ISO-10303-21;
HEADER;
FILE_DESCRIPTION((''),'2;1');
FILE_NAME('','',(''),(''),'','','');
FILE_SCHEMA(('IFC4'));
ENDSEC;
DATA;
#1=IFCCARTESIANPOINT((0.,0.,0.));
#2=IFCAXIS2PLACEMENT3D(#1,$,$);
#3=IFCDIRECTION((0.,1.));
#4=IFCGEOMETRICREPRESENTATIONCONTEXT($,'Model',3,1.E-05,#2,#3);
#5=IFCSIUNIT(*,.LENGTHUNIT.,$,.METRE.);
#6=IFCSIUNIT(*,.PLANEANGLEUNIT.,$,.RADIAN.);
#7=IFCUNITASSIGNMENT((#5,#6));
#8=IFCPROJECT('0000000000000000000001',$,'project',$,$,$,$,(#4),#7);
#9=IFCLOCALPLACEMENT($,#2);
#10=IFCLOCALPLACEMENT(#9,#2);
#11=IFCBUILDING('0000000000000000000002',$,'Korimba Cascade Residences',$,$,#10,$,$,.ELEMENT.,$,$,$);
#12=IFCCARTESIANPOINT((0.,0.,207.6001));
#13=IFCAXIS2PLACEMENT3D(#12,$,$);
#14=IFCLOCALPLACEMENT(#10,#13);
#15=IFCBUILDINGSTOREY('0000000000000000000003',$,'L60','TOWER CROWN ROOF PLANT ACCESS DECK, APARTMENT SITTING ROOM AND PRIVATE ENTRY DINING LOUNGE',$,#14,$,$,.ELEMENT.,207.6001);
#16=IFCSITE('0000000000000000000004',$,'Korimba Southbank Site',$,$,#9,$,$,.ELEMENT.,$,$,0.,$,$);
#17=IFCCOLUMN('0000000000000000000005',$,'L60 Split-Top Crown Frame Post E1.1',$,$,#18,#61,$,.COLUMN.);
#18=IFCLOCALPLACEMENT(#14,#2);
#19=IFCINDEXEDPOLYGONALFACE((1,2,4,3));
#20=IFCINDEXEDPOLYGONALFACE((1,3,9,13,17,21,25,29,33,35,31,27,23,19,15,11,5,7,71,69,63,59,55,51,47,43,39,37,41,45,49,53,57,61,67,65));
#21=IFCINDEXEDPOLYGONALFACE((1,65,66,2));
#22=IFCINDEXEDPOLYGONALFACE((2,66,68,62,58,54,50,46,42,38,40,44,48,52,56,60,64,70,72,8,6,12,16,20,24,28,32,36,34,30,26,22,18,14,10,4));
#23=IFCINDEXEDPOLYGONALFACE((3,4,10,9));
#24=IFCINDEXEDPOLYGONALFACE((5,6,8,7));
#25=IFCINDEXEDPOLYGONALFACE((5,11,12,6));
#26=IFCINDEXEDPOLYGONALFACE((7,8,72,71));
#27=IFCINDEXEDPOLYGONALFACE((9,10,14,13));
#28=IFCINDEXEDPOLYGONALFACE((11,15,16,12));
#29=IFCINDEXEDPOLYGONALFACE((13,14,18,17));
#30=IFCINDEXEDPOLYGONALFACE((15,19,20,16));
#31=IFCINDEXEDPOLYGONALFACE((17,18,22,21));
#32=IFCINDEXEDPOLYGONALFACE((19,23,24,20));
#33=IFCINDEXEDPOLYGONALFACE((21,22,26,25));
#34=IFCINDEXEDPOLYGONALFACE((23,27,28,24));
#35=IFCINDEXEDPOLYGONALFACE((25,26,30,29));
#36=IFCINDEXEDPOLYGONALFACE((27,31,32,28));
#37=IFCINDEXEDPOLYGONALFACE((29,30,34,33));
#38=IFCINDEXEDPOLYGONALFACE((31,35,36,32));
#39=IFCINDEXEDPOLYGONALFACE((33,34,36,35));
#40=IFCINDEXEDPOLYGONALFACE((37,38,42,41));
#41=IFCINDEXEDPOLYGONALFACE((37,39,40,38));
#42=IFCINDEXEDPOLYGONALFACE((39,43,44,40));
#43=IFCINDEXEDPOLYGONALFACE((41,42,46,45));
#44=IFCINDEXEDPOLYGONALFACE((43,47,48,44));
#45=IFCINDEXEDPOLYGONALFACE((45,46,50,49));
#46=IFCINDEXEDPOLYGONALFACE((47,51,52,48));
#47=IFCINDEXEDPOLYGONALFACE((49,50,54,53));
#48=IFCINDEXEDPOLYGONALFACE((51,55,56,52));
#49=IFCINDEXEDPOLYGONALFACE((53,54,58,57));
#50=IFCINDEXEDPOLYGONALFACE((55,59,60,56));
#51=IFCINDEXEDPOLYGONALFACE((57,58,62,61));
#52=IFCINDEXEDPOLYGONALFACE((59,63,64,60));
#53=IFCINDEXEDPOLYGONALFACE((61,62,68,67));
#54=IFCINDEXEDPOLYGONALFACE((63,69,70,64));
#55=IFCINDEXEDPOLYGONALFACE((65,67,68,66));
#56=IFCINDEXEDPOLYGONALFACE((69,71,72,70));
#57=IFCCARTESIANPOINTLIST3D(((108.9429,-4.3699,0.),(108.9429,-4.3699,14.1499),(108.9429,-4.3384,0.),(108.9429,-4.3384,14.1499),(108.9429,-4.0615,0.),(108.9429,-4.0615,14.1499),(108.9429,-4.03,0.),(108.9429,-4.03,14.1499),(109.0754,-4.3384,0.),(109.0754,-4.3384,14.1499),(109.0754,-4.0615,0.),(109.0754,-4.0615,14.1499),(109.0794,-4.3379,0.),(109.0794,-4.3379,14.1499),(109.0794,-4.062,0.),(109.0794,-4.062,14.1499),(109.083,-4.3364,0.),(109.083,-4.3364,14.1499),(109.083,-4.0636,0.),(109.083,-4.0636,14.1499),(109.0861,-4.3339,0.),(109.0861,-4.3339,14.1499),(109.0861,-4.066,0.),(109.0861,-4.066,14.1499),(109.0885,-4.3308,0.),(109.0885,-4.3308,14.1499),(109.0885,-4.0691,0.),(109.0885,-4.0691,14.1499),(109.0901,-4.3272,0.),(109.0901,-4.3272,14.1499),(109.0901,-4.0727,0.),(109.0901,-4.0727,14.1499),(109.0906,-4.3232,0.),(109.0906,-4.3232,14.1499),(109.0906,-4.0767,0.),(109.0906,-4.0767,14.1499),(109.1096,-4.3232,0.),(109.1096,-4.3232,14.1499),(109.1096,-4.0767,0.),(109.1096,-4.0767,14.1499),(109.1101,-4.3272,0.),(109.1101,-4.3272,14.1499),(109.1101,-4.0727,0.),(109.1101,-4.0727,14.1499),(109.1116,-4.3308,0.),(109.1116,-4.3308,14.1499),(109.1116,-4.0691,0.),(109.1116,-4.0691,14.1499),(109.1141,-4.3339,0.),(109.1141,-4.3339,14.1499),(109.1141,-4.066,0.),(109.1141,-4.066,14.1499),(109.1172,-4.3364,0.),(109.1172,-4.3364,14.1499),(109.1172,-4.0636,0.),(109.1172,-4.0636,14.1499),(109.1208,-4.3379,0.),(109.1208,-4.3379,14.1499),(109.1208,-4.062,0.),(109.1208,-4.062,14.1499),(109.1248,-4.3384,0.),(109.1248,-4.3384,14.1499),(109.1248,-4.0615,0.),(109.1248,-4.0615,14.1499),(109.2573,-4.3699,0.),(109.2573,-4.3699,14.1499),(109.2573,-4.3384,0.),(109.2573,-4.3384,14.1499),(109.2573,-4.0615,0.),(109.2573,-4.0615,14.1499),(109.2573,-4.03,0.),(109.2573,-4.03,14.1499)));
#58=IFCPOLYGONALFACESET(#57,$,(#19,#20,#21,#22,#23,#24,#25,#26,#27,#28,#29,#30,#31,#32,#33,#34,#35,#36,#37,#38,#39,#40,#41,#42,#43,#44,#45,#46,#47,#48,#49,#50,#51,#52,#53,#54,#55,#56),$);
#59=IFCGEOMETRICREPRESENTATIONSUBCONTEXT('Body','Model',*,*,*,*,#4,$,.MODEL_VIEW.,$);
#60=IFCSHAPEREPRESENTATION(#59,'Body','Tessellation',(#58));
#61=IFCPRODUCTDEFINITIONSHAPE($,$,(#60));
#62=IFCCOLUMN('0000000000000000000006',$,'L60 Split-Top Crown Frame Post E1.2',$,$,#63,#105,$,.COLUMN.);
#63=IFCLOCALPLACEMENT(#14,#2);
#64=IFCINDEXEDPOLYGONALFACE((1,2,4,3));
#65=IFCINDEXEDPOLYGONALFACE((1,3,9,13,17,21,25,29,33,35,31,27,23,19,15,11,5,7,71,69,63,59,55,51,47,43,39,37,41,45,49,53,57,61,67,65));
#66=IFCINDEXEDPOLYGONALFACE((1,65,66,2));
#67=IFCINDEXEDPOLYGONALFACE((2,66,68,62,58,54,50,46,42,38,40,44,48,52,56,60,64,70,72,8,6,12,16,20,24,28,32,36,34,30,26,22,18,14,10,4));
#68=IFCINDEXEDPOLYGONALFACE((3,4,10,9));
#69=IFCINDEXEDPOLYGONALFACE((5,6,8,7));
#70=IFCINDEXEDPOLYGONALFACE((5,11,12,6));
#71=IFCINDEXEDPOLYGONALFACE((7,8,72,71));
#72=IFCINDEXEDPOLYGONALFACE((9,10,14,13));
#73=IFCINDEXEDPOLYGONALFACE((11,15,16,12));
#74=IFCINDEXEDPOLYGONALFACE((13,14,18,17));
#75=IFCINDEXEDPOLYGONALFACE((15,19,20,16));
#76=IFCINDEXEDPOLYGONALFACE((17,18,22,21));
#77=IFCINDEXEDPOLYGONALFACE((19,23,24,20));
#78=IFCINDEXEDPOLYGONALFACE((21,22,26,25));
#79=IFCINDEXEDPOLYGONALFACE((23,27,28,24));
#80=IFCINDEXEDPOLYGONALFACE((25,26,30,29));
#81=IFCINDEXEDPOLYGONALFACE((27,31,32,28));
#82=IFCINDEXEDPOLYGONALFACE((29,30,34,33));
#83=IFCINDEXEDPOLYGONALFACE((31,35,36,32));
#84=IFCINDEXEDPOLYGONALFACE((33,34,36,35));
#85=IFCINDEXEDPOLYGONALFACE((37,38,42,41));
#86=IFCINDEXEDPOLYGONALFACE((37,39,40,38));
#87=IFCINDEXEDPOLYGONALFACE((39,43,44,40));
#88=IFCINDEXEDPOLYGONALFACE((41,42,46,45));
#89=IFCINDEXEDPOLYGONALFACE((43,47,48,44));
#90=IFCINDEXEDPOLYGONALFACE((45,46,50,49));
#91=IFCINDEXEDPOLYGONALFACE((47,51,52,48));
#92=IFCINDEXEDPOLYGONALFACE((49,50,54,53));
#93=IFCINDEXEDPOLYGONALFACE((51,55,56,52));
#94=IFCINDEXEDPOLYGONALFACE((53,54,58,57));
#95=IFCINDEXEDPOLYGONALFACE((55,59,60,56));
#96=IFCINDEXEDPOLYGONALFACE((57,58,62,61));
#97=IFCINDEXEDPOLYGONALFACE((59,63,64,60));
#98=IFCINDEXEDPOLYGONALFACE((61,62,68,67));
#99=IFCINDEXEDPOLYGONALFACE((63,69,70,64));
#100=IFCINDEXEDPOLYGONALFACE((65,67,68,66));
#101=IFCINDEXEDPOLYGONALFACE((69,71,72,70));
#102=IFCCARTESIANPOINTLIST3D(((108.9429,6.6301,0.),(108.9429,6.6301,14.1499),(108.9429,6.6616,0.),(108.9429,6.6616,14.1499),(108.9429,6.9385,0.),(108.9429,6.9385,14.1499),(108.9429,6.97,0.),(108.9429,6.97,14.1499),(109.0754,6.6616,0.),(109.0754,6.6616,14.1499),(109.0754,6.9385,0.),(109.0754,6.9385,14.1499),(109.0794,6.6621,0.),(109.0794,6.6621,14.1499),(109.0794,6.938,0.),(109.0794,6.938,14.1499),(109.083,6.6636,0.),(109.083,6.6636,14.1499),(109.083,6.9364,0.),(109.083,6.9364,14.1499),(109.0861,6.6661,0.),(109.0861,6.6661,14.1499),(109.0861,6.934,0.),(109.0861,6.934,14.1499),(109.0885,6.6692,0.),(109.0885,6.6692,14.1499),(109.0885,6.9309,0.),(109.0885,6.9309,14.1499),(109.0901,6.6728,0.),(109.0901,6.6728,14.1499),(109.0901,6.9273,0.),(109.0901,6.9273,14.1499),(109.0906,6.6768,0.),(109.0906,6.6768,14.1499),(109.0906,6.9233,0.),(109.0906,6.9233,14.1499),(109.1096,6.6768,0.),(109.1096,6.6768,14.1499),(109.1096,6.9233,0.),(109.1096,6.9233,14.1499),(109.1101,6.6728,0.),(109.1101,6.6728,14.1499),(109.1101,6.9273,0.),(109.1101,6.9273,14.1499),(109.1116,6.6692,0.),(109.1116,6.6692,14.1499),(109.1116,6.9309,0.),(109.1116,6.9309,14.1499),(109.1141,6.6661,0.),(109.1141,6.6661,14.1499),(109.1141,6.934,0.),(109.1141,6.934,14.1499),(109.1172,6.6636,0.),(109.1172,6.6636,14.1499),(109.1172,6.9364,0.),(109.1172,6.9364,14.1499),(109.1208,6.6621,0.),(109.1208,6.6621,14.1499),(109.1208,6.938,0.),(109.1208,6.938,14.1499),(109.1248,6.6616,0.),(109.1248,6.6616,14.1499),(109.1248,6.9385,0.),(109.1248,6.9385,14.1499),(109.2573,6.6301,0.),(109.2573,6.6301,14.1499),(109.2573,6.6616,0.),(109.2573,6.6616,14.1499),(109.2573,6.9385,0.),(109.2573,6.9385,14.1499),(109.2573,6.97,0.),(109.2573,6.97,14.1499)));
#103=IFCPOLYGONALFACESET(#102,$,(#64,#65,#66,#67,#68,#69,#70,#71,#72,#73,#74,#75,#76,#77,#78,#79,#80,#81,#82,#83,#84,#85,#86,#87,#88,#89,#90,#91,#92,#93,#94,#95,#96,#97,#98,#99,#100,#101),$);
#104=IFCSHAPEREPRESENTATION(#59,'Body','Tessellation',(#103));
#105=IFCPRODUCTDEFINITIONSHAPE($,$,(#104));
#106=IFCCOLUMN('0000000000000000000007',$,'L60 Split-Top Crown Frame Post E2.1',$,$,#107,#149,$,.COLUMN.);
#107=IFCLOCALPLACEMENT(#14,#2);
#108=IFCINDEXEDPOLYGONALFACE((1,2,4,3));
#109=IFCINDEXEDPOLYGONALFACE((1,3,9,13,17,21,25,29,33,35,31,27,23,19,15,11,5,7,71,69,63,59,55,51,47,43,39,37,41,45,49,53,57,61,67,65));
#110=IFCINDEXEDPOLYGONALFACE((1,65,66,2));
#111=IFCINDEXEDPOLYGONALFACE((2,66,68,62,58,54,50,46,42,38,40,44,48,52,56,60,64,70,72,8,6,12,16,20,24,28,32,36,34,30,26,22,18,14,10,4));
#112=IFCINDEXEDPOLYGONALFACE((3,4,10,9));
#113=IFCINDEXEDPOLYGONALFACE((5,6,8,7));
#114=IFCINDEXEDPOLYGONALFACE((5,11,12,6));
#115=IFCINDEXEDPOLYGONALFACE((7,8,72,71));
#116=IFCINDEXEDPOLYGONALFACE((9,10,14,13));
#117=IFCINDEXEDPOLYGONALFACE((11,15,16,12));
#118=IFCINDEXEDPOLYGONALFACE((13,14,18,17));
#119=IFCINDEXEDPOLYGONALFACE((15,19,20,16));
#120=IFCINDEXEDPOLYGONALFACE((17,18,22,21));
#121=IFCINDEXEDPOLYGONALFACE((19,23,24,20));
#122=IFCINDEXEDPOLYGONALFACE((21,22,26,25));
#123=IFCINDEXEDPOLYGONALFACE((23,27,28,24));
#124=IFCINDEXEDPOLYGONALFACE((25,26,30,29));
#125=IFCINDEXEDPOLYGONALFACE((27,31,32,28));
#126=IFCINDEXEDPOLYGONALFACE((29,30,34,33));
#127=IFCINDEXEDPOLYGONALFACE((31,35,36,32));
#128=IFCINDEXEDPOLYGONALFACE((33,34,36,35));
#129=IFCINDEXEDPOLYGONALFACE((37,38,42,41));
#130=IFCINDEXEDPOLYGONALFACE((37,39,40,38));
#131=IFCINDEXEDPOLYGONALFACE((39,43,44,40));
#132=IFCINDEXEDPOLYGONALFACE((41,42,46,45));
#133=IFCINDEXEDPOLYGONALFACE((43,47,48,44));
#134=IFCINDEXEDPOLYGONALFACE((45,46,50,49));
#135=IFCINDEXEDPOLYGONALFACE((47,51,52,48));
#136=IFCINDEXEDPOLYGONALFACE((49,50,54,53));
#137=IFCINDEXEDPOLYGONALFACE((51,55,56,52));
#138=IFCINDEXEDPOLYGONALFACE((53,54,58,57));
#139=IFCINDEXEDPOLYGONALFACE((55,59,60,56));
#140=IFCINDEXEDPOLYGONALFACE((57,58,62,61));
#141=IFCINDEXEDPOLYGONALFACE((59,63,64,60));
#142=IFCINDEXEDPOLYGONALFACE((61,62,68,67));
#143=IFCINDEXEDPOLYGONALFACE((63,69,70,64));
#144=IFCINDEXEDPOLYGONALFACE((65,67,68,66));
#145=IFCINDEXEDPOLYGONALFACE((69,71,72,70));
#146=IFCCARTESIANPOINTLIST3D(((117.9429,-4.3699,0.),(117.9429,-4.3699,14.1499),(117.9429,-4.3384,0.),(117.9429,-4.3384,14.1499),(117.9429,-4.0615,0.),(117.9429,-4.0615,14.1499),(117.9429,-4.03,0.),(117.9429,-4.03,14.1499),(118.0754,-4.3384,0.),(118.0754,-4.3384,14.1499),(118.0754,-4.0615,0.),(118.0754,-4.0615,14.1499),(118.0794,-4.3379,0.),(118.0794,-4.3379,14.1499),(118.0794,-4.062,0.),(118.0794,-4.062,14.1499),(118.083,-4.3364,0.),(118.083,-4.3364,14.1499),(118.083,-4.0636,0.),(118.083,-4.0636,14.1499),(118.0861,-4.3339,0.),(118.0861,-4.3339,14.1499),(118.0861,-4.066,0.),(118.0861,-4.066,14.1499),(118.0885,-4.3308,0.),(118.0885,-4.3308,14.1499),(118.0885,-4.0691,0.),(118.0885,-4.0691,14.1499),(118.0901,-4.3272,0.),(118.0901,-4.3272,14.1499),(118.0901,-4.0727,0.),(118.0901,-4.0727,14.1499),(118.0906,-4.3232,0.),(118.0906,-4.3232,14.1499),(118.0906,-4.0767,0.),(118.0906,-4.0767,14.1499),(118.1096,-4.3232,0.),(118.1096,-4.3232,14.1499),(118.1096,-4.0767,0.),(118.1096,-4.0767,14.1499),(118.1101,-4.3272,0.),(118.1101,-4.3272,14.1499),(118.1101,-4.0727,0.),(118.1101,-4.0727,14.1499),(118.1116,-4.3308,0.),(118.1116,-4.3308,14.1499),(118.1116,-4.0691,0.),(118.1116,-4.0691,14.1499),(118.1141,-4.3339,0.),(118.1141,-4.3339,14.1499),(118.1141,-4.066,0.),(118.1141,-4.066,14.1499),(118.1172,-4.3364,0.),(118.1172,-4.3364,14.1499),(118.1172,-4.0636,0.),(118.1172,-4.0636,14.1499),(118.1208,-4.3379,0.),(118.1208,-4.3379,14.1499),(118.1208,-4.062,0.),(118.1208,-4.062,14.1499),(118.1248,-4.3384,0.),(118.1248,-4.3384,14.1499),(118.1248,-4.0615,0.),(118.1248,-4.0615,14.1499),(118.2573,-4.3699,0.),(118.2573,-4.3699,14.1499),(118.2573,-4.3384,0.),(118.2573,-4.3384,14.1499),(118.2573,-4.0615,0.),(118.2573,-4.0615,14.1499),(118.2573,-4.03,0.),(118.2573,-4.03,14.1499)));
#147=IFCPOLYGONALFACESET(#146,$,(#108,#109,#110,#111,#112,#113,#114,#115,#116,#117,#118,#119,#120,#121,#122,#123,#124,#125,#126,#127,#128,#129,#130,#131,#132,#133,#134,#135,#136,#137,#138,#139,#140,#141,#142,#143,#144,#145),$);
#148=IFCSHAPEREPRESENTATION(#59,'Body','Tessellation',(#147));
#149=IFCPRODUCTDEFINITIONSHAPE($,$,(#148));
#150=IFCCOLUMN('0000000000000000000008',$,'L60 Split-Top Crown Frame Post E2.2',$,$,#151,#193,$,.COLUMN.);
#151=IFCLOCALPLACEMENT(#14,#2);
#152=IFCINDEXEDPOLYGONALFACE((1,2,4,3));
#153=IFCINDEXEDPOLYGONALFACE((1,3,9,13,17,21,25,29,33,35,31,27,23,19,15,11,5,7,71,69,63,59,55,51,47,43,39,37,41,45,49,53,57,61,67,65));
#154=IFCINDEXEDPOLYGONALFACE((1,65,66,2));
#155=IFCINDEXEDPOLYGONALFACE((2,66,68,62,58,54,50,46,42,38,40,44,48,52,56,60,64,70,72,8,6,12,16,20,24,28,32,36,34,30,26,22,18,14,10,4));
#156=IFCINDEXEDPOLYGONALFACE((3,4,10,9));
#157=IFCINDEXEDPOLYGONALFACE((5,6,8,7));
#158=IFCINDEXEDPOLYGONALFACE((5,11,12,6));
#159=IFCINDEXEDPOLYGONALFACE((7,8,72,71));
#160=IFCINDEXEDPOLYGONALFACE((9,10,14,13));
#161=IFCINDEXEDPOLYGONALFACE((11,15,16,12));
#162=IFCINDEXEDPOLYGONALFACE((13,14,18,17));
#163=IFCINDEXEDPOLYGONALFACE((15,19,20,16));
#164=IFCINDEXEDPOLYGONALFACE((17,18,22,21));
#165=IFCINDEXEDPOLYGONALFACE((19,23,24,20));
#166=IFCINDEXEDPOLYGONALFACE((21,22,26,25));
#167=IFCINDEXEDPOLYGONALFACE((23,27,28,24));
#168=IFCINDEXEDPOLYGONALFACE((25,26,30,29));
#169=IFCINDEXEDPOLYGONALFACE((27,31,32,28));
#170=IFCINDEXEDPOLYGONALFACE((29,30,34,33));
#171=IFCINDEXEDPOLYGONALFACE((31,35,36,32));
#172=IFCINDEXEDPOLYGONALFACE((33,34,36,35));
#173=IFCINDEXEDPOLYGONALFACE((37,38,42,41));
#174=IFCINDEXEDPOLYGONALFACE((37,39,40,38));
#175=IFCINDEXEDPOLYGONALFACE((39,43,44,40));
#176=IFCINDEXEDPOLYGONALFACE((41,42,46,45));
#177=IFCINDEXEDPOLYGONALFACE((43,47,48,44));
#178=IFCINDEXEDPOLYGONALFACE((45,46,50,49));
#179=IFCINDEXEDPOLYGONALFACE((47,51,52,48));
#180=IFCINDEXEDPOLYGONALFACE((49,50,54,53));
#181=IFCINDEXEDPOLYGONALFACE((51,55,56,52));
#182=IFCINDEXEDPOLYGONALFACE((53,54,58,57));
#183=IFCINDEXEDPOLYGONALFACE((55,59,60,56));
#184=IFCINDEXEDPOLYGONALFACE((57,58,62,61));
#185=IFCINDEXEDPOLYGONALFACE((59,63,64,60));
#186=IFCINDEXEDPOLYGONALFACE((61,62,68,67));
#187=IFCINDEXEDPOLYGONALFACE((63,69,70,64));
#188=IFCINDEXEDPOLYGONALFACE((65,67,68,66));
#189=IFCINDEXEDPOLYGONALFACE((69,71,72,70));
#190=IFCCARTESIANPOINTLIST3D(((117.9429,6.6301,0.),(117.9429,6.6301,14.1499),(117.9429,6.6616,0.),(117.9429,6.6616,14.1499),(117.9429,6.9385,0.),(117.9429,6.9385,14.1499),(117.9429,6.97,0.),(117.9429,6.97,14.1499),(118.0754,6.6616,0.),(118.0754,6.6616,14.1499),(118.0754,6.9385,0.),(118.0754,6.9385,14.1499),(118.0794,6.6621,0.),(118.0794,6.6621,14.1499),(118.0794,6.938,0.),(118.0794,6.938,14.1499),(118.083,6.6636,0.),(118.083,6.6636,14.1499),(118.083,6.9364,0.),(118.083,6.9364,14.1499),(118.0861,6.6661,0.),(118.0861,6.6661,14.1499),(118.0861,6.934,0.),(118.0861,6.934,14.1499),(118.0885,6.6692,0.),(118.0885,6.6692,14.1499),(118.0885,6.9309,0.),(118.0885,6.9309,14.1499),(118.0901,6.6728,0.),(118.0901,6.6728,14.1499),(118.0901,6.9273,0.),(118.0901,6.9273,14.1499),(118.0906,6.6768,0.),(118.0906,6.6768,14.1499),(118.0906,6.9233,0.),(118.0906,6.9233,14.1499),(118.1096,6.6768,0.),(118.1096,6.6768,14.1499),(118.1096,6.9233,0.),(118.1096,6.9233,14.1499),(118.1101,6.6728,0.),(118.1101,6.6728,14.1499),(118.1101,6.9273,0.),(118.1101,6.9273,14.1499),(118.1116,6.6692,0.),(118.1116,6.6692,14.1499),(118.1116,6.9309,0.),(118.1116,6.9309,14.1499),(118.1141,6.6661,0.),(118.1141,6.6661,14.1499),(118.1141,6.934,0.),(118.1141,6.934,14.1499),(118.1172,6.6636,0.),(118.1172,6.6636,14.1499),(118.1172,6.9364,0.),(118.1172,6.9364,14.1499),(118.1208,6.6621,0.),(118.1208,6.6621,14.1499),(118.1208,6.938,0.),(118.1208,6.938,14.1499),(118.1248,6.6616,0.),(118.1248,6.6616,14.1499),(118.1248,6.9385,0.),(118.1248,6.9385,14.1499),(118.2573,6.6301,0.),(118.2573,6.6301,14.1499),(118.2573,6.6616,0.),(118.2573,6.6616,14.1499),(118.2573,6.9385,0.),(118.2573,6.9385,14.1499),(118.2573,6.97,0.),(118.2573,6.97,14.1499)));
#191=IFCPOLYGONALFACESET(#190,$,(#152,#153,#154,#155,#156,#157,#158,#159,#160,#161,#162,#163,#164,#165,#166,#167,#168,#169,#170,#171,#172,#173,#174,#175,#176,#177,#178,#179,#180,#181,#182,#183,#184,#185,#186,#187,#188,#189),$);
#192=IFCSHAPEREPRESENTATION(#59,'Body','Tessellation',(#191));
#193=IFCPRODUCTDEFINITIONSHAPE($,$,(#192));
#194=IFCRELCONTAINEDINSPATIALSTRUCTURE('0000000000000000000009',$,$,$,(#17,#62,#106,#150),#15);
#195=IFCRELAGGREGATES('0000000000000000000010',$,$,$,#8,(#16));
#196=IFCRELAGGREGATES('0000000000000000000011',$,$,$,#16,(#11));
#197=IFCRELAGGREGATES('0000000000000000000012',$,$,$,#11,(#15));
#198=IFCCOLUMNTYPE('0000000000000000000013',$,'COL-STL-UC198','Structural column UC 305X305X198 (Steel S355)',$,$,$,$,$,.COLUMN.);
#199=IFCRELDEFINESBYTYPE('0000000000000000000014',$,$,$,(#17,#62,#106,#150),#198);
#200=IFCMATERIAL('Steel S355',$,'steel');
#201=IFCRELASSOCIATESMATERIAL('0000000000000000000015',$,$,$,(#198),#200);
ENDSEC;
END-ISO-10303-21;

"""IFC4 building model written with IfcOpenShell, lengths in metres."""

from ifc_helpers import new_model, si_unit, direction, frame, origin, origin_2d, place, context, subcontext, project, spatial, i_section, extrude, material, material_profile, profile_set, type_object, element, save


model = new_model("IFC4")

# Units and contexts
model_context = context("Model", 3, precision=1e-05, world=origin(), true_north=direction((0.0, 1.0)))
body_context = subcontext(model_context, "Body", "Model", "MODEL_VIEW")
ifc_project = project(units=[si_unit("LENGTHUNIT", "METRE"), si_unit("PLANEANGLEUNIT", "RADIAN")], contexts=[model_context])

# Site, building, storey
site_placement = place(None, origin())
site = spatial("IfcSite", under=ifc_project, at=site_placement, Name="Korimba Southbank Site", CompositionType="ELEMENT", RefElevation=0.0)
building_placement = place(site_placement, origin())
building = spatial("IfcBuilding", under=site, at=building_placement, Name="Korimba Cascade Residences", CompositionType="ELEMENT")
storey_placement = place(building_placement, frame((0.0, 0.0, 207.6001)))
storey = spatial("IfcBuildingStorey", under=building, at=storey_placement, Name="L60", Description="TOWER CROWN ROOF PLANT ACCESS DECK, APARTMENT SITTING ROOM AND PRIVATE ENTRY DINING LOUNGE", CompositionType="ELEMENT", Elevation=207.6001)

# Columns
ifc_material_1 = material(Name="Steel S355", Category="steel")
ifc_material_profile_1 = material_profile(ifc_material_1, i_section(OverallWidth=0.3145, OverallDepth=0.3398, WebThickness=0.019, FlangeThickness=0.0315, FilletRadius=0.0151, at=origin_2d()), Name="Steel S355")
ifc_profile_set_1 = profile_set([ifc_material_profile_1], Name="Steel S355")
column_type = type_object("IfcColumnType", Name="COL-STL-UC198", Description="Structural column UC 305X305X198 (Steel S355)", PredefinedType="COLUMN", material=ifc_profile_set_1)
for number, where, z_axis, x_axis, name in (
    (1, (109.1001, -4.2, 0.0), (0.0, 0.0, 1.0), (1.0, 0.0, 0.0), "L60 Split-Top Crown Frame Post E1.1"),
    (2, (109.1001, 6.8, 0.0), (0.0, 0.0, 1.0), (1.0, 0.0, 0.0), "L60 Split-Top Crown Frame Post E1.2"),
    (3, (118.1001, -4.2, 0.0), (0.0, 0.0, 1.0), (1.0, 0.0, 0.0), "L60 Split-Top Crown Frame Post E2.1"),
    (4, (118.1001, 6.8, 0.0), (0.0, 0.0, 1.0), (1.0, 0.0, 0.0), "L60 Split-Top Crown Frame Post E2.2"),
):
    element("IfcColumn", number, at=place(storey_placement, frame(where, z_axis=z_axis, x_axis=x_axis)), inside=storey, type_object=column_type, Name=name, PredefinedType="COLUMN", context=body_context, shape_type="SweptSolid", body=[
        extrude(i_section(OverallWidth=0.3145, OverallDepth=0.3398, WebThickness=0.019, FlangeThickness=0.0315, FilletRadius=0.0151, at=origin_2d()), origin(), (0.0, 0.0, 1.0), 14.1499),
    ])

save(model, "model.ifc")
